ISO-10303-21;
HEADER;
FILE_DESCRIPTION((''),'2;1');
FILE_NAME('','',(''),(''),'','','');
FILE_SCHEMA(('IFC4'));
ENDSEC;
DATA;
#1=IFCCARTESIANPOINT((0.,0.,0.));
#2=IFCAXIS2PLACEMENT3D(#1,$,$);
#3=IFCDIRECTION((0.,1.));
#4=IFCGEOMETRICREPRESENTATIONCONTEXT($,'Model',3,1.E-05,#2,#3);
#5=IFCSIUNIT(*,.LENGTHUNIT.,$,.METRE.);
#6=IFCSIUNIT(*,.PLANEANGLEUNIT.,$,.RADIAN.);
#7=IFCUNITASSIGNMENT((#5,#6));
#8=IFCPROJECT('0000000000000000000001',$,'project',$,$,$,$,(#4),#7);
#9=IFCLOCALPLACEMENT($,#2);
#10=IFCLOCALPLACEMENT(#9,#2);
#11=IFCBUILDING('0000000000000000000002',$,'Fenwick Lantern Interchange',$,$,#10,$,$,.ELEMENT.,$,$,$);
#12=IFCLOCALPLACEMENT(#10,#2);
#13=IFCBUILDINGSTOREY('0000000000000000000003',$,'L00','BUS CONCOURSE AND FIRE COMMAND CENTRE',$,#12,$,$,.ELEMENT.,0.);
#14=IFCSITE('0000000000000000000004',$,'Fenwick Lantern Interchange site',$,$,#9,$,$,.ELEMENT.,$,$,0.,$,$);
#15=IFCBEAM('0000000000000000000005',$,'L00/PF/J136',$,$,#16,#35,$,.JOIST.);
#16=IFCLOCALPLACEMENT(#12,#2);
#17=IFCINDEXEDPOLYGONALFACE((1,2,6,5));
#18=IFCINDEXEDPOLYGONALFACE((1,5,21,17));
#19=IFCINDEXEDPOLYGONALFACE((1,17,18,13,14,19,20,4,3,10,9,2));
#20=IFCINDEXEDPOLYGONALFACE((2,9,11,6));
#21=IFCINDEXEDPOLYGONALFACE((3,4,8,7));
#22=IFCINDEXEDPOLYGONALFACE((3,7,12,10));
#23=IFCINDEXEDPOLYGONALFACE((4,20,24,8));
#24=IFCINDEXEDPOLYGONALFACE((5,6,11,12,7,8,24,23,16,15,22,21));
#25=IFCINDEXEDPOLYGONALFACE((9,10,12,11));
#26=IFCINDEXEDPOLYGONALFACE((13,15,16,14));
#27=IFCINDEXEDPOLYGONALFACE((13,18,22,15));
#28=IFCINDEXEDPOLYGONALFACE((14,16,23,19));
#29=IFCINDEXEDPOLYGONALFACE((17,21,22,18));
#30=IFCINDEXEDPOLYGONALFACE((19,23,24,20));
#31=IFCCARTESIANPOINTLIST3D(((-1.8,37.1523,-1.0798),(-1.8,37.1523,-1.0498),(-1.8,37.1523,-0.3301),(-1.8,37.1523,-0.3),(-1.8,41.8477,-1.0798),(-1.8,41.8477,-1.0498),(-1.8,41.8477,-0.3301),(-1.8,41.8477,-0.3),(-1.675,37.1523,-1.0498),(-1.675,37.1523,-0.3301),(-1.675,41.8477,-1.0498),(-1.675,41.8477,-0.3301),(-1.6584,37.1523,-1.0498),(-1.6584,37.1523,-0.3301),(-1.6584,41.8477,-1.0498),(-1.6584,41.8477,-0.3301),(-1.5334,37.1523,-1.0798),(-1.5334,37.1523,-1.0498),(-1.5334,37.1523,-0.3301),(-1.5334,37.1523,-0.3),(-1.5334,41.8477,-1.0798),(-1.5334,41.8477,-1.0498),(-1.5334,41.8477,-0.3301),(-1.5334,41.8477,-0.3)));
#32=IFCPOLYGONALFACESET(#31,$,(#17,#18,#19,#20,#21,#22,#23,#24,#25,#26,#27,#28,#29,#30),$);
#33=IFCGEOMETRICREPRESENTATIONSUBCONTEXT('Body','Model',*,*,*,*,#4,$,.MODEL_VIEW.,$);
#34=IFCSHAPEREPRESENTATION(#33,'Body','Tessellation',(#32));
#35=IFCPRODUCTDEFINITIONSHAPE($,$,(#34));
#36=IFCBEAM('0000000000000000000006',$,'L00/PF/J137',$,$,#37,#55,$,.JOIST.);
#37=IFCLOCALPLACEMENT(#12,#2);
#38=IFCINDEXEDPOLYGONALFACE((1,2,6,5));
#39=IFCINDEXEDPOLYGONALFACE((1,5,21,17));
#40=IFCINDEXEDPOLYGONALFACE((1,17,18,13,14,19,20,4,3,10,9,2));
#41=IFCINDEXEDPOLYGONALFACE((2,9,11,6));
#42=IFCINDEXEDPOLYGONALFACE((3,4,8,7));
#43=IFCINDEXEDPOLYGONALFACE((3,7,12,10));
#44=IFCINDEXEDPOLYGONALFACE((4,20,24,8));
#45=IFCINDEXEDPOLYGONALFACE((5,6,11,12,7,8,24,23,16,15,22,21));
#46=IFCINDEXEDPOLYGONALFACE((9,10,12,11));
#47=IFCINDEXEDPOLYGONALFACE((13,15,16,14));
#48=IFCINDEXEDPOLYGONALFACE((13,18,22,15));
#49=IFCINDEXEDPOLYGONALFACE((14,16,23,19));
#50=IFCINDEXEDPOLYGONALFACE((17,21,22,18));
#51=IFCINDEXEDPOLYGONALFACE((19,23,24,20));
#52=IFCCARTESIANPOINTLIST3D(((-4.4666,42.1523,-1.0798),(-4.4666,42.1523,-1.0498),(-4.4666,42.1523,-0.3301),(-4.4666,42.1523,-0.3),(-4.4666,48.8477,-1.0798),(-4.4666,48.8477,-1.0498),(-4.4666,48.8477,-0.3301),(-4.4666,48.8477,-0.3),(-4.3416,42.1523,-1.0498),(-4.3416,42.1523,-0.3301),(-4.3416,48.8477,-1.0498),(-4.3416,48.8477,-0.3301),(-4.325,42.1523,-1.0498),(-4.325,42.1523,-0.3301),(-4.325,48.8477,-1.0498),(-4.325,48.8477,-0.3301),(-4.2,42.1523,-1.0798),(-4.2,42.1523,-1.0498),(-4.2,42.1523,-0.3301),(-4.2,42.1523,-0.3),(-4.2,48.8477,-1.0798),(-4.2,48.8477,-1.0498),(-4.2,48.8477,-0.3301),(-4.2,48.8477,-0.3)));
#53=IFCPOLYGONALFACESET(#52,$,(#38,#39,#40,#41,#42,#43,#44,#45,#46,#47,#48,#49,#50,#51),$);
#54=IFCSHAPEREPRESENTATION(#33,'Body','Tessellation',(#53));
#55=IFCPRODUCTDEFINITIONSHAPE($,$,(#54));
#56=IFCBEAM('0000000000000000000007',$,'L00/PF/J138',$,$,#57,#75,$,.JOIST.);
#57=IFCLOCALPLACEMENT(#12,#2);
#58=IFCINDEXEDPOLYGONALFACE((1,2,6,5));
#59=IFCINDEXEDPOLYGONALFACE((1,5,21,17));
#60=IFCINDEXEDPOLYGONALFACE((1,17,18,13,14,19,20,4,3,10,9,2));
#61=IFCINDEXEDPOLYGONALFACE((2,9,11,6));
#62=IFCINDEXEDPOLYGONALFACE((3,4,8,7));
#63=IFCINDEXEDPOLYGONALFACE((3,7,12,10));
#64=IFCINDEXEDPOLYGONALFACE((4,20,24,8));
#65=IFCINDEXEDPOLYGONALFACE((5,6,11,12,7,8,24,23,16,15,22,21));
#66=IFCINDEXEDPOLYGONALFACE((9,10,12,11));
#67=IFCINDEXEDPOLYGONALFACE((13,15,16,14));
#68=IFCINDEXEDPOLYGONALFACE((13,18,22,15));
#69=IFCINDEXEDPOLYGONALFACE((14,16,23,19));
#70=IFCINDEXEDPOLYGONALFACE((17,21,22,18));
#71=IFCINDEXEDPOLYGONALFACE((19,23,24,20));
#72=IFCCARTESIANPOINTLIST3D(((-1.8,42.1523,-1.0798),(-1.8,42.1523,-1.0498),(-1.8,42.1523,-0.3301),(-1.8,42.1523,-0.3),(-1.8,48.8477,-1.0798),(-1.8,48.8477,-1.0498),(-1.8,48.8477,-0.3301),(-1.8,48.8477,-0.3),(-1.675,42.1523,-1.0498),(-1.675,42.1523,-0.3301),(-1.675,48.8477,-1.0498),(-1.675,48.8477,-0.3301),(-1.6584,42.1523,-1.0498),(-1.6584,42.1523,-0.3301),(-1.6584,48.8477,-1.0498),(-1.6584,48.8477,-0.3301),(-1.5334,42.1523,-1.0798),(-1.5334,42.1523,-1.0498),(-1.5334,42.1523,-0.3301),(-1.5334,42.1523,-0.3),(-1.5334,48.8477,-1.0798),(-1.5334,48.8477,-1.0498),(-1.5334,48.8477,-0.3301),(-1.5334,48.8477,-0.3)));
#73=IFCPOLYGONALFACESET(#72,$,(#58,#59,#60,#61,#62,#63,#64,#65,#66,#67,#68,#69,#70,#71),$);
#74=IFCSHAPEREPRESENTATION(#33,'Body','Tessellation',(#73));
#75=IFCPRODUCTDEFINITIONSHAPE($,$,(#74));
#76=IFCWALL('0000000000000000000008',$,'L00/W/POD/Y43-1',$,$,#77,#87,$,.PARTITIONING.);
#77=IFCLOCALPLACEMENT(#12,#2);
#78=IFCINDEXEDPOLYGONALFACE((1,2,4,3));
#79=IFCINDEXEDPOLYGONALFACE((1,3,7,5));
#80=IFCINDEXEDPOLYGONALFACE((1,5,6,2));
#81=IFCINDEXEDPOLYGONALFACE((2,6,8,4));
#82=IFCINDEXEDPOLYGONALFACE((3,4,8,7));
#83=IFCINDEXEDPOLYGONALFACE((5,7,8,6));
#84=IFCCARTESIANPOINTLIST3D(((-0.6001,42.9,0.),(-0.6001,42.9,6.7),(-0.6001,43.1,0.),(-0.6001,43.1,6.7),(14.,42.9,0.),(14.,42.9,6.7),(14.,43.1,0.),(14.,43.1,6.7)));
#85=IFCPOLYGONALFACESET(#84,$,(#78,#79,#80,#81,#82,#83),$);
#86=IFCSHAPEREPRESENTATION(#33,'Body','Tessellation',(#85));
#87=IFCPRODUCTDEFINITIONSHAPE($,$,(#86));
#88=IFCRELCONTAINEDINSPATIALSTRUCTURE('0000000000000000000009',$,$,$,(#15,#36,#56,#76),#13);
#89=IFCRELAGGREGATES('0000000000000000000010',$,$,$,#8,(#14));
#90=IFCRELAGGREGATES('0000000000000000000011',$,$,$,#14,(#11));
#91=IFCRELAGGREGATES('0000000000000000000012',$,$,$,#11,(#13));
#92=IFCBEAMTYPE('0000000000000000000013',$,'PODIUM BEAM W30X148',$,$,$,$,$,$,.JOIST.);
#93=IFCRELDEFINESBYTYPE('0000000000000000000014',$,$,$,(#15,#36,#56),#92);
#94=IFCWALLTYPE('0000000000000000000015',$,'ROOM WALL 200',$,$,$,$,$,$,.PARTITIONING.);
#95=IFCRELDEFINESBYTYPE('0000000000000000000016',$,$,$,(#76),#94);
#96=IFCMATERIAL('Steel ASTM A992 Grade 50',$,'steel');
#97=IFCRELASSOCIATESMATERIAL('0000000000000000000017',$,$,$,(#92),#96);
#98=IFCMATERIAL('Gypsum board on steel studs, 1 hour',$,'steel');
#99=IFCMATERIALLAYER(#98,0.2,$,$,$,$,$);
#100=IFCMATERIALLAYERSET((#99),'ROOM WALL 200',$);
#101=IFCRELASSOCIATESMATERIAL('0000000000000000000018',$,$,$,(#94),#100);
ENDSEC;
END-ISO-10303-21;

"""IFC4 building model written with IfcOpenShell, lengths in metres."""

from ifc_helpers import new_model, si_unit, direction, frame, frame_2d, origin, origin_2d, place, context, subcontext, project, spatial, rectangle, i_section, extrude, material, layer, layer_set, material_profile, profile_set, type_object, element, save


model = new_model("IFC4")

# Units and contexts
model_context = context("Model", 3, precision=1e-05, world=origin(), true_north=direction((0.0, 1.0)))
body_context = subcontext(model_context, "Body", "Model", "MODEL_VIEW")
ifc_project = project(units=[si_unit("LENGTHUNIT", "METRE"), si_unit("PLANEANGLEUNIT", "RADIAN")], contexts=[model_context])

# Site, building, storey
site_placement = place(None, origin())
site = spatial("IfcSite", under=ifc_project, at=site_placement, Name="Fenwick Lantern Interchange site", CompositionType="ELEMENT", RefElevation=0.0)
building_placement = place(site_placement, origin())
building = spatial("IfcBuilding", under=site, at=building_placement, Name="Fenwick Lantern Interchange", CompositionType="ELEMENT")
storey_placement = place(building_placement, origin())
storey = spatial("IfcBuildingStorey", under=building, at=storey_placement, Name="L00", Description="BUS CONCOURSE AND FIRE COMMAND CENTRE", CompositionType="ELEMENT", Elevation=0.0)

# Shared definitions
ifc_material_1 = material(Name="Steel ASTM A992 Grade 50", Category="steel")

# Beams
ifc_material_profile_1 = material_profile(ifc_material_1, i_section(OverallWidth=0.2666, OverallDepth=0.7798, WebThickness=0.0166, FlangeThickness=0.03, at=origin_2d()), Name="W30X148")
ifc_profile_set_1 = profile_set([ifc_material_profile_1], Name="Steel ASTM A992 Grade 50")
beam_type_1 = type_object("IfcBeamType", Name="PODIUM BEAM W30X148", PredefinedType="JOIST", material=ifc_profile_set_1)
beam_1_placement = place(storey_placement, frame((-1.6667, 37.1523, -0.6899), z_axis=(0.0, 1.0, 0.0), x_axis=(-1.0, 0.0, 0.0)))
element("IfcBeam", 1, at=beam_1_placement, inside=storey, type_object=beam_type_1, Name="L00/PF/J136", PredefinedType="JOIST", context=body_context, shape_type="SweptSolid", body=[
    extrude(i_section(OverallWidth=0.2666, OverallDepth=0.7798, WebThickness=0.0166, FlangeThickness=0.03, at=origin_2d()), origin(), (0.0, 0.0, 1.0), 4.6953),
])
for number, where, z_axis, x_axis, name in (
    (2, (-4.3333, 42.1523, -0.6899), (0.0, 1.0, 0.0), (-1.0, 0.0, 0.0), "L00/PF/J137"),
    (3, (-1.6667, 42.1523, -0.6899), (0.0, 1.0, 0.0), (-1.0, 0.0, 0.0), "L00/PF/J138"),
):
    element("IfcBeam", number, at=place(storey_placement, frame(where, z_axis=z_axis, x_axis=x_axis)), inside=storey, type_object=beam_type_1, Name=name, PredefinedType="JOIST", context=body_context, shape_type="SweptSolid", body=[
        extrude(i_section(OverallWidth=0.2666, OverallDepth=0.7798, WebThickness=0.0166, FlangeThickness=0.03, at=origin_2d()), origin(), (0.0, 0.0, 1.0), 6.6953),
    ])

# Wall
ifc_material_2 = material(Name="Gypsum board on steel studs, 1 hour", Category="steel")
ifc_layer = layer(ifc_material_2, 0.2)
ifc_layer_set = layer_set([ifc_layer], Name="ROOM WALL 200")
wall_type = type_object("IfcWallType", Name="ROOM WALL 200", PredefinedType="PARTITIONING", material=ifc_layer_set)
wall_placement = place(storey_placement, frame((-0.6001, 43.0, 0.0), z_axis=(0.0, 0.0, 1.0), x_axis=(1.0, 0.0, 0.0)))
element("IfcWall", 4, at=wall_placement, inside=storey, type_object=wall_type, Name="L00/W/POD/Y43-1", PredefinedType="PARTITIONING", context=body_context, shape_type="SweptSolid", body=[
    extrude(rectangle(XDim=14.6001, YDim=0.2, at=frame_2d((7.3, 0.0))), origin(), (0.0, 0.0, 1.0), 6.7),
])

save(model, "model.ifc")
